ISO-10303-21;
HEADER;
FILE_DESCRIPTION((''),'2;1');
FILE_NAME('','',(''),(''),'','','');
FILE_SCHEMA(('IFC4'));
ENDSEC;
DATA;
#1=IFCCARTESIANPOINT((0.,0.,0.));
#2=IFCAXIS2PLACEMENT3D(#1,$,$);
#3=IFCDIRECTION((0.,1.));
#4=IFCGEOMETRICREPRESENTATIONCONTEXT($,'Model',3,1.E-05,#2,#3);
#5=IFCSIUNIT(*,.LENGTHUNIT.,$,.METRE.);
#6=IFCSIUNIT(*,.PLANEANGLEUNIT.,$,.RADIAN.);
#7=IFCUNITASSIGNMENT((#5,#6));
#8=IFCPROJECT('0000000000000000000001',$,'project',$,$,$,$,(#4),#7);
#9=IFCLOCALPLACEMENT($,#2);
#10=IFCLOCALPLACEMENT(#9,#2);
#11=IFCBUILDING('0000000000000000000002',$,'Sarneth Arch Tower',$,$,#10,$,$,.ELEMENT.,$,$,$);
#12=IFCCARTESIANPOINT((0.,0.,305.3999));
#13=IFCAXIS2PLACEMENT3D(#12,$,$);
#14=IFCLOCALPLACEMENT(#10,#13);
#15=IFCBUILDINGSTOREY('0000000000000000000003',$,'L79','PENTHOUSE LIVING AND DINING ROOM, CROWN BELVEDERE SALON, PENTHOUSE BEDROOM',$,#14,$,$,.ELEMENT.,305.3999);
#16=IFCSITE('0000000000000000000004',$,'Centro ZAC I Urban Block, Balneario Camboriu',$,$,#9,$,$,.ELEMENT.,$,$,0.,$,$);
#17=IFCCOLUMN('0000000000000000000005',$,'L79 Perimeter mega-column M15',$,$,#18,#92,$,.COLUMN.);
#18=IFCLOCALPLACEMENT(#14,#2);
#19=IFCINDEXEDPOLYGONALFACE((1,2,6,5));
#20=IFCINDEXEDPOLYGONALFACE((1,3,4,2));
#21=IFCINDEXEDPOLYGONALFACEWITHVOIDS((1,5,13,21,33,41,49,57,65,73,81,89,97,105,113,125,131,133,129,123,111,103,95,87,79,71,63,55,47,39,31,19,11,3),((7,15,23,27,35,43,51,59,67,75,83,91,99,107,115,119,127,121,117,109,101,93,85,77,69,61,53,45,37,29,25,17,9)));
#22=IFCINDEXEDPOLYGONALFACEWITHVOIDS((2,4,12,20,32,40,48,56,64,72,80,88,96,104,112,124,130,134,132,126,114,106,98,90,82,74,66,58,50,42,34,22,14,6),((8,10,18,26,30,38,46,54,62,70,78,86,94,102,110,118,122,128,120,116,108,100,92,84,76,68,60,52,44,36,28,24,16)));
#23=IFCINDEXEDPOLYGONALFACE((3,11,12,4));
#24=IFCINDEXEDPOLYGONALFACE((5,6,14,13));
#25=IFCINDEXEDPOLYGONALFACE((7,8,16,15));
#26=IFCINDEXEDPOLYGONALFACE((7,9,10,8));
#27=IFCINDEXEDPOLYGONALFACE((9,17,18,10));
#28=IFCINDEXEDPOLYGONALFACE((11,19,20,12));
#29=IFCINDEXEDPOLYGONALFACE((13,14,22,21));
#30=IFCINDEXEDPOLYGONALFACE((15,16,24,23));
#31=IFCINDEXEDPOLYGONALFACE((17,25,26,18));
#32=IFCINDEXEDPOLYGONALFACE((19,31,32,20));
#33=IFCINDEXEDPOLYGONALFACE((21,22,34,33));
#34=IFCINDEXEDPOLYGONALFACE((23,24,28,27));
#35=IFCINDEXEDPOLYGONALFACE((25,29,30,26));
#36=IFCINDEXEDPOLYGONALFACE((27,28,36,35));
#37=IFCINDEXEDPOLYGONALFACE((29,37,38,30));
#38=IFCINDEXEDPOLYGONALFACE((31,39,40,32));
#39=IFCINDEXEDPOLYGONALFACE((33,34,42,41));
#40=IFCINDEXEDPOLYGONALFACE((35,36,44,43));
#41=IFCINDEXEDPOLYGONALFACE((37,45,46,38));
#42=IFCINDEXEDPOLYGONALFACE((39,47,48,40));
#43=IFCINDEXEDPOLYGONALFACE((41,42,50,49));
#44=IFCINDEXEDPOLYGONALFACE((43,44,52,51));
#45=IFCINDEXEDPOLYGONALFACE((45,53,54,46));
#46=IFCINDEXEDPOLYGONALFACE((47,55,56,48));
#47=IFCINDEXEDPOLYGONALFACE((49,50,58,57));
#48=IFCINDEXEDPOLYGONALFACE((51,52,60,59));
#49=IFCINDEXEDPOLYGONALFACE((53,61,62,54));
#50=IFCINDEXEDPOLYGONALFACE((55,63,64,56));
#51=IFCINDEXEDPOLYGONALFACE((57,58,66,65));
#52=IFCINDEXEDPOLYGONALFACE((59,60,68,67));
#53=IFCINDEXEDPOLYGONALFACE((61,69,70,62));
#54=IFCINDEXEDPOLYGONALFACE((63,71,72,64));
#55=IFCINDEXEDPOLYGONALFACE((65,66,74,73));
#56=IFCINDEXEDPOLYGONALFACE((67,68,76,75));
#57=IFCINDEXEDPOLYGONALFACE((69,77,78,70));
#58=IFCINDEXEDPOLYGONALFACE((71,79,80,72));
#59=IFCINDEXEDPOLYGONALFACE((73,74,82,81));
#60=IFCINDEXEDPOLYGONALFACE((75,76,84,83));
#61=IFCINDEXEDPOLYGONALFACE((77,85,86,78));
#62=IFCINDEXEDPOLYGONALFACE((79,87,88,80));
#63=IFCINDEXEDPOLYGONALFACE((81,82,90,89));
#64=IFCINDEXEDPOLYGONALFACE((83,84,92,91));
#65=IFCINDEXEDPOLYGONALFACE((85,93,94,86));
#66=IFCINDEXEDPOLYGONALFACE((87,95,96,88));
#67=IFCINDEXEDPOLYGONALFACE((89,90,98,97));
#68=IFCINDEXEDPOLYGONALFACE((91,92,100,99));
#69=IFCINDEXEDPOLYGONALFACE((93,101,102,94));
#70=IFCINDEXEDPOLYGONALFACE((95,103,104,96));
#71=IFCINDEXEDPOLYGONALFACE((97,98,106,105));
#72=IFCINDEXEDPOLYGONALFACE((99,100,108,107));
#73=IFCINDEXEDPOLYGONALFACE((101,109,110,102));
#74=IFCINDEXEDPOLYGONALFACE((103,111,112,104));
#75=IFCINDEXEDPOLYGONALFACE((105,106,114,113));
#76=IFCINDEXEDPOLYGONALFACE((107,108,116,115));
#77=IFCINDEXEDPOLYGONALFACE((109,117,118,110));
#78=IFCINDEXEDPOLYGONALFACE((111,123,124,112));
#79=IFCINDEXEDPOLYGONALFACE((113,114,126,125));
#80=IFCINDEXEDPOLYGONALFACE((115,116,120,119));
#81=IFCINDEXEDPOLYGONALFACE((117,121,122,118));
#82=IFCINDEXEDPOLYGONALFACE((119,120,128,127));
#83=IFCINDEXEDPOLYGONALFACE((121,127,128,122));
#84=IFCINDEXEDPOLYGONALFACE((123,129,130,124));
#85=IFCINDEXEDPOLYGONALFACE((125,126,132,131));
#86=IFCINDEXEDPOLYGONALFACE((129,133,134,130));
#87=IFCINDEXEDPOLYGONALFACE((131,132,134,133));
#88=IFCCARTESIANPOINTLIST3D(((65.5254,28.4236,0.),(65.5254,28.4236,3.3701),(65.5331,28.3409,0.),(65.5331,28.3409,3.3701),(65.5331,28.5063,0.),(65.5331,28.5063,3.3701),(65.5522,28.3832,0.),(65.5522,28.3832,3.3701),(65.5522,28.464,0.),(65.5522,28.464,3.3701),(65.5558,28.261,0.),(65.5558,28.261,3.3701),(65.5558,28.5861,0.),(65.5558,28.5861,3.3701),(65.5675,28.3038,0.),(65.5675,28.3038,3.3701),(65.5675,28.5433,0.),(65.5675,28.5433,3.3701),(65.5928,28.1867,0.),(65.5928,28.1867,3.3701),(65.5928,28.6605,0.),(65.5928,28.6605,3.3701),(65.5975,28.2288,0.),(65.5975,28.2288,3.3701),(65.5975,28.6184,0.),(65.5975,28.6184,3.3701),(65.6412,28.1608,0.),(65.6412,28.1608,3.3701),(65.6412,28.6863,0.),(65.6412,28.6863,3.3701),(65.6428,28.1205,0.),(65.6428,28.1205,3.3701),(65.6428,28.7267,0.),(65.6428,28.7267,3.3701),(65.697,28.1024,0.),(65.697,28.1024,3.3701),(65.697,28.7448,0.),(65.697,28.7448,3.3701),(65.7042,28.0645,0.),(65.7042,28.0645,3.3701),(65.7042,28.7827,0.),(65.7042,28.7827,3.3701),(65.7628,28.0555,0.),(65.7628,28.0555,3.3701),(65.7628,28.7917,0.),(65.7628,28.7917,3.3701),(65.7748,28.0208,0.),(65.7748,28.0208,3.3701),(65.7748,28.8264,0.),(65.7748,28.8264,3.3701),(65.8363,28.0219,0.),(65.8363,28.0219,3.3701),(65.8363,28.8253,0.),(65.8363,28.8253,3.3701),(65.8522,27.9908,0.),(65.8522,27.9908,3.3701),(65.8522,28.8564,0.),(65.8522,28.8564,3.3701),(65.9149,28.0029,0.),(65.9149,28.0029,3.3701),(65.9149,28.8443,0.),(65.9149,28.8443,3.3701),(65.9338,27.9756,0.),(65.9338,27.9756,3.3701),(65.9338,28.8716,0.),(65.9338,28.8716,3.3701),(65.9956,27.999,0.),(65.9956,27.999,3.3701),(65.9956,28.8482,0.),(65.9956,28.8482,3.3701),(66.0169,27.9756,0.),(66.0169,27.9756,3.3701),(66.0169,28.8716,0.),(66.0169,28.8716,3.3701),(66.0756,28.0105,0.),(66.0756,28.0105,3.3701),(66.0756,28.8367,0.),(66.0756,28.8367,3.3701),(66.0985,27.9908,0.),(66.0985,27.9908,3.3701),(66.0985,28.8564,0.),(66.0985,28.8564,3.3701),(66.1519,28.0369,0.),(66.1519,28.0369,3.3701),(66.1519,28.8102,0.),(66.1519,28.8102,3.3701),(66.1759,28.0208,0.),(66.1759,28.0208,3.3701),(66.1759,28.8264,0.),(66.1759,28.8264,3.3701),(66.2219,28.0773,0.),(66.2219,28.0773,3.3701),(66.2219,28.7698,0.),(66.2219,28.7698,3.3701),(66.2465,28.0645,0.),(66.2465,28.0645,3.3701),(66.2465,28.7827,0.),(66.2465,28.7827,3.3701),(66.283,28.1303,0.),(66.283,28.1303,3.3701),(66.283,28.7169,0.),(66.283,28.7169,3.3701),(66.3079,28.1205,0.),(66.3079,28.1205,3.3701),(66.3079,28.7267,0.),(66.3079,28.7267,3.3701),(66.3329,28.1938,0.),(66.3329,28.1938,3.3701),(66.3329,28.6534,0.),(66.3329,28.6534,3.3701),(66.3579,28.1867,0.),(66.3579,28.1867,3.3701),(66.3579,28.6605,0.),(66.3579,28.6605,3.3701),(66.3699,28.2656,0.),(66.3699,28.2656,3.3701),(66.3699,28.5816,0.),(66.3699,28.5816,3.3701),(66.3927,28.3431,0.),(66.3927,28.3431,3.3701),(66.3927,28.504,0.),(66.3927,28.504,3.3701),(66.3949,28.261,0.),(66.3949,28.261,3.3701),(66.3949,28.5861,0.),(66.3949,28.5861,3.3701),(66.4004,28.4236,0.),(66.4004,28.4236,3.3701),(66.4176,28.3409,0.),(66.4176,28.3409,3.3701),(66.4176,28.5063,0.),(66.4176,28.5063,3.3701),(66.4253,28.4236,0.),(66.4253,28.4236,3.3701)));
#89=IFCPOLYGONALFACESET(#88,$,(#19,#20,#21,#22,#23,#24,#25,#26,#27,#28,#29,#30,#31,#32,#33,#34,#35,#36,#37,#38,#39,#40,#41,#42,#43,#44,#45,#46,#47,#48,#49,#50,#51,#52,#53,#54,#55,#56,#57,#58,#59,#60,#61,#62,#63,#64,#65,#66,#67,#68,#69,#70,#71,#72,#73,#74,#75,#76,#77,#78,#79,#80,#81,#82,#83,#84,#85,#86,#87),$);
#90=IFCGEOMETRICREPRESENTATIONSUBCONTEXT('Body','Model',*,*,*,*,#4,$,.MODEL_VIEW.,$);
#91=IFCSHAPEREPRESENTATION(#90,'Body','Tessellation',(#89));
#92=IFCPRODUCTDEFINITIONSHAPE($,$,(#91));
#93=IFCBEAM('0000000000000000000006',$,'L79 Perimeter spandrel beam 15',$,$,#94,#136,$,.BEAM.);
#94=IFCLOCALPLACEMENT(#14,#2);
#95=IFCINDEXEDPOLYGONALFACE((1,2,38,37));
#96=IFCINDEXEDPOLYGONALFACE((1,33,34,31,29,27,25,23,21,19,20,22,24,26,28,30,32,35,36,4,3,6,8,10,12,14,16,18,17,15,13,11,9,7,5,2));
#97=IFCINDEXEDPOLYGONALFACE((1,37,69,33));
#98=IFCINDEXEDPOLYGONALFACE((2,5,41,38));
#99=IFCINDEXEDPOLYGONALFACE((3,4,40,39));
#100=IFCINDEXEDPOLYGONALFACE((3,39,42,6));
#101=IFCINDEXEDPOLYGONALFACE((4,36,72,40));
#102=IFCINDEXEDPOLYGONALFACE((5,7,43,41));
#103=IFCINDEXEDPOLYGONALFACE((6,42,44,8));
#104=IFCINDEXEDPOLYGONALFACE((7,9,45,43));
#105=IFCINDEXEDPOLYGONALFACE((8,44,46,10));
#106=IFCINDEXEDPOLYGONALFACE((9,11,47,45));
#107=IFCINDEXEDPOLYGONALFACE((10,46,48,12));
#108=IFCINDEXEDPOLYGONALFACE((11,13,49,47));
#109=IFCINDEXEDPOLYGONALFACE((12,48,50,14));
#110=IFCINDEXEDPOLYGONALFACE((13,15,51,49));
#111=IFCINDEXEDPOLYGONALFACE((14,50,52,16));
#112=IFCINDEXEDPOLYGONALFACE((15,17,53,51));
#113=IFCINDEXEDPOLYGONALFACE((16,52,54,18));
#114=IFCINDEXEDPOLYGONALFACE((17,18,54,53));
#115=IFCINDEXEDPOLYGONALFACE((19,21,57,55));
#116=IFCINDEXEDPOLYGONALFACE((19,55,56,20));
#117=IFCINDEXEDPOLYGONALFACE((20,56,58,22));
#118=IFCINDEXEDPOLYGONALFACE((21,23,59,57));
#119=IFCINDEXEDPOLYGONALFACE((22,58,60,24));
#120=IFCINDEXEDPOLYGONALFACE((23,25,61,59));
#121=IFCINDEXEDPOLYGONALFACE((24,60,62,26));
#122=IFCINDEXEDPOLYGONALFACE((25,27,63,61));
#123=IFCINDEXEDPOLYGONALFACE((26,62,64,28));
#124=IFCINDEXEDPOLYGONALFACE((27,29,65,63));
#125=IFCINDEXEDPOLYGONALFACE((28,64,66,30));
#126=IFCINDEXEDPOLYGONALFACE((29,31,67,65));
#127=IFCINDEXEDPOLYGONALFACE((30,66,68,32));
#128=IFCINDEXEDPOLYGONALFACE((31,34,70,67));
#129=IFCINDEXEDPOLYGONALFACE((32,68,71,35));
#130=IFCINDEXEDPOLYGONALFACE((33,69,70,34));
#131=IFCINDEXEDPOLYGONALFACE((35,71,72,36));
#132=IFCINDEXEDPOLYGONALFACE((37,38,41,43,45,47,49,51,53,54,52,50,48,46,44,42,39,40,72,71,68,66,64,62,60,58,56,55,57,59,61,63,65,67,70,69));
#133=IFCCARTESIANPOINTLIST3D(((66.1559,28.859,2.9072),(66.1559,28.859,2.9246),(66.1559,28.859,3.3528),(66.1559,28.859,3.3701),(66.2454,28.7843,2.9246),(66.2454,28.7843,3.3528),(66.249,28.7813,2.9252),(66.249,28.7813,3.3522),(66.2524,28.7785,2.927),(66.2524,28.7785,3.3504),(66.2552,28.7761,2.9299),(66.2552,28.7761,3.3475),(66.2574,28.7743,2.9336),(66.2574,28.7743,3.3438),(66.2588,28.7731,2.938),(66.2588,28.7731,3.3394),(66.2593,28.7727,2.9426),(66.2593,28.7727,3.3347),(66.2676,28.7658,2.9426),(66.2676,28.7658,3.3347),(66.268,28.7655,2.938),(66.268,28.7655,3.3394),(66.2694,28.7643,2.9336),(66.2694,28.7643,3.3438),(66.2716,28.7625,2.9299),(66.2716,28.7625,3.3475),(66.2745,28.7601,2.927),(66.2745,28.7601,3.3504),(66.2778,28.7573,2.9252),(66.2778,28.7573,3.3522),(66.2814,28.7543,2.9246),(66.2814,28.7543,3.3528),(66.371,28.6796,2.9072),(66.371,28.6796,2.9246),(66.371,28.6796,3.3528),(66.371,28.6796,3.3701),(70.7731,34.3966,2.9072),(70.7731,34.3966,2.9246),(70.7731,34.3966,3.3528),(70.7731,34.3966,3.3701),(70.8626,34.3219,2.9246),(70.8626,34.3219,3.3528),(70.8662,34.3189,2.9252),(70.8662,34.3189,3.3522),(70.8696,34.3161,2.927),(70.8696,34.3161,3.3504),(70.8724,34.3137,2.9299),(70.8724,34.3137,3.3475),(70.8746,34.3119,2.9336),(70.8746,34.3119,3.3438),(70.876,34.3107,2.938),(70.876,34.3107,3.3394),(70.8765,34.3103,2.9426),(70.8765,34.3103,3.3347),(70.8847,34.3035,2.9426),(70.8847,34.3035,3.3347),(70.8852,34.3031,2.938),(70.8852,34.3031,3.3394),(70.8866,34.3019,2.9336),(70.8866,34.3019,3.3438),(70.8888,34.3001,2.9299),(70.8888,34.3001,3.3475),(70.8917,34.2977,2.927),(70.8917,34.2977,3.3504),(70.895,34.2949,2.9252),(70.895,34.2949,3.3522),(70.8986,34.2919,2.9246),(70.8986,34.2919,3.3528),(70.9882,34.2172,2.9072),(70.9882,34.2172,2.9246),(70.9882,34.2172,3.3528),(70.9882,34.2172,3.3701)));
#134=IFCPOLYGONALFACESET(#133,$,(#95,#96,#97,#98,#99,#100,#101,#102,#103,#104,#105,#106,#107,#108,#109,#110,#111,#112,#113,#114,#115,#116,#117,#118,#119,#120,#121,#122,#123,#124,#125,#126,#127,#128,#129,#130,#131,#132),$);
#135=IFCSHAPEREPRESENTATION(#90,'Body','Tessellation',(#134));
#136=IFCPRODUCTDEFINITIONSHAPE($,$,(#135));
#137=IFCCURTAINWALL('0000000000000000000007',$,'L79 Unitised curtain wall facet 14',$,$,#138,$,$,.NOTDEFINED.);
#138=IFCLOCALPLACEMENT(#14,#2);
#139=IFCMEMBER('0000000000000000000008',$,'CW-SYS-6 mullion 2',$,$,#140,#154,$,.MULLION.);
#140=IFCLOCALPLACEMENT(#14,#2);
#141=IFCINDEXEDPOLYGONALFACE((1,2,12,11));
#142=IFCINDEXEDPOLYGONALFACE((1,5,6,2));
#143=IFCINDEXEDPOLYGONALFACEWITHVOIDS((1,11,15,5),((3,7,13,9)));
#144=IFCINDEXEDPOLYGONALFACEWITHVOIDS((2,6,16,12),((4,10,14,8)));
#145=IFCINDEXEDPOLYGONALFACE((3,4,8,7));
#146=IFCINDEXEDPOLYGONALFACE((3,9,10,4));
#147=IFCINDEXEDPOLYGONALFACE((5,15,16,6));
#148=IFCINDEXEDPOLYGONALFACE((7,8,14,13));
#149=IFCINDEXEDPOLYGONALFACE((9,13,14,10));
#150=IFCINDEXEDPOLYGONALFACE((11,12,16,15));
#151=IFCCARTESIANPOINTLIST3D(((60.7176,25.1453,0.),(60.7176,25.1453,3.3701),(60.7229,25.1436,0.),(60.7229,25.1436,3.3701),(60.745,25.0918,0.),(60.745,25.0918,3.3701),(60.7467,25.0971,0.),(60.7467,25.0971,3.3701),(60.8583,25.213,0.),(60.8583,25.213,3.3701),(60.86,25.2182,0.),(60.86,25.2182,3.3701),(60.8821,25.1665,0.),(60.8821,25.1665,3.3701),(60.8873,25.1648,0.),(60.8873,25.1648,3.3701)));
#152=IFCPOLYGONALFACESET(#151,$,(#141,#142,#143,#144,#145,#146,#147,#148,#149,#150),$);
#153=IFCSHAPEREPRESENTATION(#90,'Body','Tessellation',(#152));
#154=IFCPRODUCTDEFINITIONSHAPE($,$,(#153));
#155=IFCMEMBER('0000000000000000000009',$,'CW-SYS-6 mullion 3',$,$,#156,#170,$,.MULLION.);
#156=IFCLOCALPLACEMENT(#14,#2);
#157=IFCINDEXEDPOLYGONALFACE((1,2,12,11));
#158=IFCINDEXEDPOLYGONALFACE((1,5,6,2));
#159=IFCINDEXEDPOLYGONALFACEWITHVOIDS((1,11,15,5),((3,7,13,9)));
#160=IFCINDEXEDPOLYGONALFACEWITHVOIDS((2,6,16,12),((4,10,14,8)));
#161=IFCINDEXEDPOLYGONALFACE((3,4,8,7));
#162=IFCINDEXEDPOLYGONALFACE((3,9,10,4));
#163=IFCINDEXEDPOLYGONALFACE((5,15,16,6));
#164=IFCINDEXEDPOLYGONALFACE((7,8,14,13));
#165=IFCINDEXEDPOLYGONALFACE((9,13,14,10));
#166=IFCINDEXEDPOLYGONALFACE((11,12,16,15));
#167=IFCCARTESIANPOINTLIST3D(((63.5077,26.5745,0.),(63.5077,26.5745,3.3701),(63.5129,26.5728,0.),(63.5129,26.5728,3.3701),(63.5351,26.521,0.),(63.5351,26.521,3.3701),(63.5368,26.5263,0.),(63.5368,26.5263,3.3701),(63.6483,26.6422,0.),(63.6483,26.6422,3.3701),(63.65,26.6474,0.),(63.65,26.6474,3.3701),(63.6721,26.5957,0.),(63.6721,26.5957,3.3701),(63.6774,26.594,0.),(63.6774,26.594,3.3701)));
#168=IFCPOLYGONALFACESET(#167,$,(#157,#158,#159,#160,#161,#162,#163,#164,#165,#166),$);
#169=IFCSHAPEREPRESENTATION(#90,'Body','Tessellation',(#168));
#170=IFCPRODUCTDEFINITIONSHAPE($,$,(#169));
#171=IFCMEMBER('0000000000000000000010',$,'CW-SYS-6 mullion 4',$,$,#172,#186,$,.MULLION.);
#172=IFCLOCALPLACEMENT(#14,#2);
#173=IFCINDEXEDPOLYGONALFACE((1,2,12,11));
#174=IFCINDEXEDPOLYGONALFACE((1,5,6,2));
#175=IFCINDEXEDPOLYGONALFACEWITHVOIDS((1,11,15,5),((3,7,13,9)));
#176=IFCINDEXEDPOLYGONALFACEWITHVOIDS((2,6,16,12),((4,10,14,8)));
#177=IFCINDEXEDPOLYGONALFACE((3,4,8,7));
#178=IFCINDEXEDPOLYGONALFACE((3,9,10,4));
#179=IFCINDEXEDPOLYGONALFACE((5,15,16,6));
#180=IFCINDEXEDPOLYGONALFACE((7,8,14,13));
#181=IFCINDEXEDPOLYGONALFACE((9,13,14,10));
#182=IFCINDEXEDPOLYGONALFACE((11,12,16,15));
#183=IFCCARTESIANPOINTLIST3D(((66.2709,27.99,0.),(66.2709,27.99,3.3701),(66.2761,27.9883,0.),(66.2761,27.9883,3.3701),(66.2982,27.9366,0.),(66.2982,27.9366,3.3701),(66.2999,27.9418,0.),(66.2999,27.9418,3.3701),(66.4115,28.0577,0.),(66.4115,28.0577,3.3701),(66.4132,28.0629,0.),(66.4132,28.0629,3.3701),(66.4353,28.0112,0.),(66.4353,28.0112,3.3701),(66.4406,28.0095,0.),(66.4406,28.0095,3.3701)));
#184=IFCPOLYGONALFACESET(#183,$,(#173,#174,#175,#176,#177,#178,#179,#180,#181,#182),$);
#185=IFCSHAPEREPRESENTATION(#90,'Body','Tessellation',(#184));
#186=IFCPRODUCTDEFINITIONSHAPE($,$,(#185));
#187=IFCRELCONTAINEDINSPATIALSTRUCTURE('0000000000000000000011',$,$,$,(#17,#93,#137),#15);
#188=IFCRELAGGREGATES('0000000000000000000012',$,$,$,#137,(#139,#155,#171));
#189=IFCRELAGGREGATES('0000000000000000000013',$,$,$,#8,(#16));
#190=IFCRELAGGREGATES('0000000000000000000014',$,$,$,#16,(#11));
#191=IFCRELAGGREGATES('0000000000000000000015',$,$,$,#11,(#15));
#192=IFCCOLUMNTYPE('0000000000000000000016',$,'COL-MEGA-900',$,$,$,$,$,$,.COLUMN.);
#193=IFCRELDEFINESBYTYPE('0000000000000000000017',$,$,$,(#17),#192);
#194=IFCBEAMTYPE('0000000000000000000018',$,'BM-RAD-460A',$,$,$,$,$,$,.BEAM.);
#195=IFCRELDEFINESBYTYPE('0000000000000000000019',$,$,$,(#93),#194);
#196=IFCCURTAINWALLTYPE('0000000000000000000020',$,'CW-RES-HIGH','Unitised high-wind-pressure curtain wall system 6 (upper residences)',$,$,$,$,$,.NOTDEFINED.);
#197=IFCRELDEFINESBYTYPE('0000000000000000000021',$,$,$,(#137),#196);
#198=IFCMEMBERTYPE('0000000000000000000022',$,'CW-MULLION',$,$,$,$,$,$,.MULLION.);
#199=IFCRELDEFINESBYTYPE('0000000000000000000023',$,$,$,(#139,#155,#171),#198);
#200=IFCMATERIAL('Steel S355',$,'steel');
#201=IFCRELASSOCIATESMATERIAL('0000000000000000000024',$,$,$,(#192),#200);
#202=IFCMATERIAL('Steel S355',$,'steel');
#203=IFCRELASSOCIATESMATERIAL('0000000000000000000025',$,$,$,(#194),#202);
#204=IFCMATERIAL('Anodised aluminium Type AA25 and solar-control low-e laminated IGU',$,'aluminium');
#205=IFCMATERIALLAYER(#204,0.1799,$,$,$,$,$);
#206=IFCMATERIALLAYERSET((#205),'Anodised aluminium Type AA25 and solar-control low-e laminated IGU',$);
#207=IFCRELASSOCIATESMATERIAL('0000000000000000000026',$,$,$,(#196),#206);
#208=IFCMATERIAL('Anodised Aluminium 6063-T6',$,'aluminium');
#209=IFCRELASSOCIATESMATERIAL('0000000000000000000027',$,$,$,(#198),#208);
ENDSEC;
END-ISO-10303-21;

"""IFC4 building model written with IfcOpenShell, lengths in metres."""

from ifc_helpers import new_model, si_unit, direction, frame, origin, origin_2d, place, context, subcontext, project, spatial, hollow_rectangle, hollow_circle, i_section, extrude, material, layer, layer_set, material_profile, profile_set, type_object, element, aggregate, save


model = new_model("IFC4")

# Units and contexts
model_context = context("Model", 3, precision=1e-05, world=origin(), true_north=direction((0.0, 1.0)))
body_context = subcontext(model_context, "Body", "Model", "MODEL_VIEW")
ifc_project = project(units=[si_unit("LENGTHUNIT", "METRE"), si_unit("PLANEANGLEUNIT", "RADIAN")], contexts=[model_context])

# Site, building, storey
site_placement = place(None, origin())
site = spatial("IfcSite", under=ifc_project, at=site_placement, Name="Centro ZAC I Urban Block, Balneario Camboriu", CompositionType="ELEMENT", RefElevation=0.0)
building_placement = place(site_placement, origin())
building = spatial("IfcBuilding", under=site, at=building_placement, Name="Sarneth Arch Tower", CompositionType="ELEMENT")
storey_placement = place(building_placement, frame((0.0, 0.0, 305.3999)))
storey = spatial("IfcBuildingStorey", under=building, at=storey_placement, Name="L79", Description="PENTHOUSE LIVING AND DINING ROOM, CROWN BELVEDERE SALON, PENTHOUSE BEDROOM", CompositionType="ELEMENT", Elevation=305.3999)

# Column
ifc_material_1 = material(Name="Steel S355", Category="steel")
ifc_material_profile_1 = material_profile(ifc_material_1, hollow_circle(Radius=0.45, WallThickness=0.0249, at=origin_2d()), Name="CHS900x25")
ifc_profile_set_1 = profile_set([ifc_material_profile_1], Name="Steel S355")
column_type = type_object("IfcColumnType", Name="COL-MEGA-900", PredefinedType="COLUMN", material=ifc_profile_set_1)
column_placement = place(storey_placement, frame((65.9753, 28.4236, 0.0), z_axis=(0.0, 0.0, 1.0), x_axis=(1.0, 0.0, 0.0)))
element("IfcColumn", 1, at=column_placement, inside=storey, type_object=column_type, Name="L79 Perimeter mega-column M15", PredefinedType="COLUMN", context=body_context, shape_type="SweptSolid", body=[
    extrude(hollow_circle(Radius=0.45, WallThickness=0.0249, at=origin_2d()), origin(), (0.0, 0.0, 1.0), 3.3701),
])

# Beam
ifc_material_2 = material(Name="Steel S355", Category="steel")
ifc_material_profile_2 = material_profile(ifc_material_2, i_section(OverallWidth=0.28, OverallDepth=0.4629, WebThickness=0.0107, FlangeThickness=0.0173, FilletRadius=0.0181, at=origin_2d()), Name="W460x113")
ifc_profile_set_2 = profile_set([ifc_material_profile_2], Name="Steel S355")
beam_type = type_object("IfcBeamType", Name="BM-RAD-460A", PredefinedType="BEAM", material=ifc_profile_set_2)
beam_placement = place(storey_placement, frame((66.2634, 28.7693, 3.1387), z_axis=(0.640391, 0.768049, 0.0), x_axis=(-0.768049, 0.640391, 0.0)))
element("IfcBeam", 2, at=beam_placement, inside=storey, type_object=beam_type, Name="L79 Perimeter spandrel beam 15", PredefinedType="BEAM", context=body_context, shape_type="SweptSolid", body=[
    extrude(i_section(OverallWidth=0.28, OverallDepth=0.4629, WebThickness=0.0107, FlangeThickness=0.0173, FilletRadius=0.0181, at=origin_2d()), origin(), (0.0, 0.0, 1.0), 7.21),
])

# Curtain wall, members
ifc_material_3 = material(Name="Anodised aluminium Type AA25 and solar-control low-e laminated IGU", Category="aluminium")
ifc_layer_1 = layer(ifc_material_3, 0.1799)
ifc_layer_set_1 = layer_set([ifc_layer_1], Name="Anodised aluminium Type AA25 and solar-control low-e laminated IGU")
curtain_wall_type = type_object("IfcCurtainWallType", Name="CW-RES-HIGH", Description="Unitised high-wind-pressure curtain wall system 6 (upper residences)", PredefinedType="NOTDEFINED", material=ifc_layer_set_1)
curtain_wall_placement = place(storey_placement, origin())
curtain_wall = element("IfcCurtainWall", 3, at=curtain_wall_placement, inside=storey, type_object=curtain_wall_type, Name="L79 Unitised curtain wall facet 14", PredefinedType="NOTDEFINED")
ifc_material_4 = material(Name="Anodised Aluminium 6063-T6", Category="aluminium")
ifc_material_profile_3 = material_profile(ifc_material_4, hollow_rectangle(XDim=0.0601, YDim=0.1599, WallThickness=0.0039, at=origin_2d()), Name="AL-MULL-160x60x4")
ifc_profile_set_3 = profile_set([ifc_material_profile_3], Name="Anodised Aluminium 6063-T6")
member_type_1 = type_object("IfcMemberType", Name="CW-MULLION", PredefinedType="MULLION", material=ifc_profile_set_3)
member_1_placement = place(storey_placement, frame((60.8025, 25.155, 0.0), z_axis=(0.0, 0.0, 1.0), x_axis=(-0.455942, 0.89001, 0.0)))
member_1 = element("IfcMember", 4, at=member_1_placement, type_object=member_type_1, Name="CW-SYS-6 mullion 2", PredefinedType="MULLION", context=body_context, shape_type="SweptSolid", body=[
    extrude(hollow_rectangle(XDim=0.0601, YDim=0.1599, WallThickness=0.0039, at=origin_2d()), origin(), (0.0, 0.0, 1.0), 3.3701),
])
member_2_placement = place(storey_placement, frame((63.5925, 26.5842, 0.0), z_axis=(0.0, 0.0, 1.0), x_axis=(-0.455942, 0.89001, 0.0)))
member_2 = element("IfcMember", 5, at=member_2_placement, type_object=member_type_1, Name="CW-SYS-6 mullion 3", PredefinedType="MULLION", context=body_context, shape_type="SweptSolid", body=[
    extrude(hollow_rectangle(XDim=0.0601, YDim=0.1599, WallThickness=0.0039, at=origin_2d()), origin(), (0.0, 0.0, 1.0), 3.3701),
])
member_3_placement = place(storey_placement, frame((66.3557, 27.9998, 0.0), z_axis=(0.0, 0.0, 1.0), x_axis=(-0.455942, 0.89001, 0.0)))
member_3 = element("IfcMember", 6, at=member_3_placement, type_object=member_type_1, Name="CW-SYS-6 mullion 4", PredefinedType="MULLION", context=body_context, shape_type="SweptSolid", body=[
    extrude(hollow_rectangle(XDim=0.0601, YDim=0.1599, WallThickness=0.0039, at=origin_2d()), origin(), (0.0, 0.0, 1.0), 3.3701),
])

aggregate(curtain_wall, [member_1, member_2, member_3])

save(model, "model.ifc")
